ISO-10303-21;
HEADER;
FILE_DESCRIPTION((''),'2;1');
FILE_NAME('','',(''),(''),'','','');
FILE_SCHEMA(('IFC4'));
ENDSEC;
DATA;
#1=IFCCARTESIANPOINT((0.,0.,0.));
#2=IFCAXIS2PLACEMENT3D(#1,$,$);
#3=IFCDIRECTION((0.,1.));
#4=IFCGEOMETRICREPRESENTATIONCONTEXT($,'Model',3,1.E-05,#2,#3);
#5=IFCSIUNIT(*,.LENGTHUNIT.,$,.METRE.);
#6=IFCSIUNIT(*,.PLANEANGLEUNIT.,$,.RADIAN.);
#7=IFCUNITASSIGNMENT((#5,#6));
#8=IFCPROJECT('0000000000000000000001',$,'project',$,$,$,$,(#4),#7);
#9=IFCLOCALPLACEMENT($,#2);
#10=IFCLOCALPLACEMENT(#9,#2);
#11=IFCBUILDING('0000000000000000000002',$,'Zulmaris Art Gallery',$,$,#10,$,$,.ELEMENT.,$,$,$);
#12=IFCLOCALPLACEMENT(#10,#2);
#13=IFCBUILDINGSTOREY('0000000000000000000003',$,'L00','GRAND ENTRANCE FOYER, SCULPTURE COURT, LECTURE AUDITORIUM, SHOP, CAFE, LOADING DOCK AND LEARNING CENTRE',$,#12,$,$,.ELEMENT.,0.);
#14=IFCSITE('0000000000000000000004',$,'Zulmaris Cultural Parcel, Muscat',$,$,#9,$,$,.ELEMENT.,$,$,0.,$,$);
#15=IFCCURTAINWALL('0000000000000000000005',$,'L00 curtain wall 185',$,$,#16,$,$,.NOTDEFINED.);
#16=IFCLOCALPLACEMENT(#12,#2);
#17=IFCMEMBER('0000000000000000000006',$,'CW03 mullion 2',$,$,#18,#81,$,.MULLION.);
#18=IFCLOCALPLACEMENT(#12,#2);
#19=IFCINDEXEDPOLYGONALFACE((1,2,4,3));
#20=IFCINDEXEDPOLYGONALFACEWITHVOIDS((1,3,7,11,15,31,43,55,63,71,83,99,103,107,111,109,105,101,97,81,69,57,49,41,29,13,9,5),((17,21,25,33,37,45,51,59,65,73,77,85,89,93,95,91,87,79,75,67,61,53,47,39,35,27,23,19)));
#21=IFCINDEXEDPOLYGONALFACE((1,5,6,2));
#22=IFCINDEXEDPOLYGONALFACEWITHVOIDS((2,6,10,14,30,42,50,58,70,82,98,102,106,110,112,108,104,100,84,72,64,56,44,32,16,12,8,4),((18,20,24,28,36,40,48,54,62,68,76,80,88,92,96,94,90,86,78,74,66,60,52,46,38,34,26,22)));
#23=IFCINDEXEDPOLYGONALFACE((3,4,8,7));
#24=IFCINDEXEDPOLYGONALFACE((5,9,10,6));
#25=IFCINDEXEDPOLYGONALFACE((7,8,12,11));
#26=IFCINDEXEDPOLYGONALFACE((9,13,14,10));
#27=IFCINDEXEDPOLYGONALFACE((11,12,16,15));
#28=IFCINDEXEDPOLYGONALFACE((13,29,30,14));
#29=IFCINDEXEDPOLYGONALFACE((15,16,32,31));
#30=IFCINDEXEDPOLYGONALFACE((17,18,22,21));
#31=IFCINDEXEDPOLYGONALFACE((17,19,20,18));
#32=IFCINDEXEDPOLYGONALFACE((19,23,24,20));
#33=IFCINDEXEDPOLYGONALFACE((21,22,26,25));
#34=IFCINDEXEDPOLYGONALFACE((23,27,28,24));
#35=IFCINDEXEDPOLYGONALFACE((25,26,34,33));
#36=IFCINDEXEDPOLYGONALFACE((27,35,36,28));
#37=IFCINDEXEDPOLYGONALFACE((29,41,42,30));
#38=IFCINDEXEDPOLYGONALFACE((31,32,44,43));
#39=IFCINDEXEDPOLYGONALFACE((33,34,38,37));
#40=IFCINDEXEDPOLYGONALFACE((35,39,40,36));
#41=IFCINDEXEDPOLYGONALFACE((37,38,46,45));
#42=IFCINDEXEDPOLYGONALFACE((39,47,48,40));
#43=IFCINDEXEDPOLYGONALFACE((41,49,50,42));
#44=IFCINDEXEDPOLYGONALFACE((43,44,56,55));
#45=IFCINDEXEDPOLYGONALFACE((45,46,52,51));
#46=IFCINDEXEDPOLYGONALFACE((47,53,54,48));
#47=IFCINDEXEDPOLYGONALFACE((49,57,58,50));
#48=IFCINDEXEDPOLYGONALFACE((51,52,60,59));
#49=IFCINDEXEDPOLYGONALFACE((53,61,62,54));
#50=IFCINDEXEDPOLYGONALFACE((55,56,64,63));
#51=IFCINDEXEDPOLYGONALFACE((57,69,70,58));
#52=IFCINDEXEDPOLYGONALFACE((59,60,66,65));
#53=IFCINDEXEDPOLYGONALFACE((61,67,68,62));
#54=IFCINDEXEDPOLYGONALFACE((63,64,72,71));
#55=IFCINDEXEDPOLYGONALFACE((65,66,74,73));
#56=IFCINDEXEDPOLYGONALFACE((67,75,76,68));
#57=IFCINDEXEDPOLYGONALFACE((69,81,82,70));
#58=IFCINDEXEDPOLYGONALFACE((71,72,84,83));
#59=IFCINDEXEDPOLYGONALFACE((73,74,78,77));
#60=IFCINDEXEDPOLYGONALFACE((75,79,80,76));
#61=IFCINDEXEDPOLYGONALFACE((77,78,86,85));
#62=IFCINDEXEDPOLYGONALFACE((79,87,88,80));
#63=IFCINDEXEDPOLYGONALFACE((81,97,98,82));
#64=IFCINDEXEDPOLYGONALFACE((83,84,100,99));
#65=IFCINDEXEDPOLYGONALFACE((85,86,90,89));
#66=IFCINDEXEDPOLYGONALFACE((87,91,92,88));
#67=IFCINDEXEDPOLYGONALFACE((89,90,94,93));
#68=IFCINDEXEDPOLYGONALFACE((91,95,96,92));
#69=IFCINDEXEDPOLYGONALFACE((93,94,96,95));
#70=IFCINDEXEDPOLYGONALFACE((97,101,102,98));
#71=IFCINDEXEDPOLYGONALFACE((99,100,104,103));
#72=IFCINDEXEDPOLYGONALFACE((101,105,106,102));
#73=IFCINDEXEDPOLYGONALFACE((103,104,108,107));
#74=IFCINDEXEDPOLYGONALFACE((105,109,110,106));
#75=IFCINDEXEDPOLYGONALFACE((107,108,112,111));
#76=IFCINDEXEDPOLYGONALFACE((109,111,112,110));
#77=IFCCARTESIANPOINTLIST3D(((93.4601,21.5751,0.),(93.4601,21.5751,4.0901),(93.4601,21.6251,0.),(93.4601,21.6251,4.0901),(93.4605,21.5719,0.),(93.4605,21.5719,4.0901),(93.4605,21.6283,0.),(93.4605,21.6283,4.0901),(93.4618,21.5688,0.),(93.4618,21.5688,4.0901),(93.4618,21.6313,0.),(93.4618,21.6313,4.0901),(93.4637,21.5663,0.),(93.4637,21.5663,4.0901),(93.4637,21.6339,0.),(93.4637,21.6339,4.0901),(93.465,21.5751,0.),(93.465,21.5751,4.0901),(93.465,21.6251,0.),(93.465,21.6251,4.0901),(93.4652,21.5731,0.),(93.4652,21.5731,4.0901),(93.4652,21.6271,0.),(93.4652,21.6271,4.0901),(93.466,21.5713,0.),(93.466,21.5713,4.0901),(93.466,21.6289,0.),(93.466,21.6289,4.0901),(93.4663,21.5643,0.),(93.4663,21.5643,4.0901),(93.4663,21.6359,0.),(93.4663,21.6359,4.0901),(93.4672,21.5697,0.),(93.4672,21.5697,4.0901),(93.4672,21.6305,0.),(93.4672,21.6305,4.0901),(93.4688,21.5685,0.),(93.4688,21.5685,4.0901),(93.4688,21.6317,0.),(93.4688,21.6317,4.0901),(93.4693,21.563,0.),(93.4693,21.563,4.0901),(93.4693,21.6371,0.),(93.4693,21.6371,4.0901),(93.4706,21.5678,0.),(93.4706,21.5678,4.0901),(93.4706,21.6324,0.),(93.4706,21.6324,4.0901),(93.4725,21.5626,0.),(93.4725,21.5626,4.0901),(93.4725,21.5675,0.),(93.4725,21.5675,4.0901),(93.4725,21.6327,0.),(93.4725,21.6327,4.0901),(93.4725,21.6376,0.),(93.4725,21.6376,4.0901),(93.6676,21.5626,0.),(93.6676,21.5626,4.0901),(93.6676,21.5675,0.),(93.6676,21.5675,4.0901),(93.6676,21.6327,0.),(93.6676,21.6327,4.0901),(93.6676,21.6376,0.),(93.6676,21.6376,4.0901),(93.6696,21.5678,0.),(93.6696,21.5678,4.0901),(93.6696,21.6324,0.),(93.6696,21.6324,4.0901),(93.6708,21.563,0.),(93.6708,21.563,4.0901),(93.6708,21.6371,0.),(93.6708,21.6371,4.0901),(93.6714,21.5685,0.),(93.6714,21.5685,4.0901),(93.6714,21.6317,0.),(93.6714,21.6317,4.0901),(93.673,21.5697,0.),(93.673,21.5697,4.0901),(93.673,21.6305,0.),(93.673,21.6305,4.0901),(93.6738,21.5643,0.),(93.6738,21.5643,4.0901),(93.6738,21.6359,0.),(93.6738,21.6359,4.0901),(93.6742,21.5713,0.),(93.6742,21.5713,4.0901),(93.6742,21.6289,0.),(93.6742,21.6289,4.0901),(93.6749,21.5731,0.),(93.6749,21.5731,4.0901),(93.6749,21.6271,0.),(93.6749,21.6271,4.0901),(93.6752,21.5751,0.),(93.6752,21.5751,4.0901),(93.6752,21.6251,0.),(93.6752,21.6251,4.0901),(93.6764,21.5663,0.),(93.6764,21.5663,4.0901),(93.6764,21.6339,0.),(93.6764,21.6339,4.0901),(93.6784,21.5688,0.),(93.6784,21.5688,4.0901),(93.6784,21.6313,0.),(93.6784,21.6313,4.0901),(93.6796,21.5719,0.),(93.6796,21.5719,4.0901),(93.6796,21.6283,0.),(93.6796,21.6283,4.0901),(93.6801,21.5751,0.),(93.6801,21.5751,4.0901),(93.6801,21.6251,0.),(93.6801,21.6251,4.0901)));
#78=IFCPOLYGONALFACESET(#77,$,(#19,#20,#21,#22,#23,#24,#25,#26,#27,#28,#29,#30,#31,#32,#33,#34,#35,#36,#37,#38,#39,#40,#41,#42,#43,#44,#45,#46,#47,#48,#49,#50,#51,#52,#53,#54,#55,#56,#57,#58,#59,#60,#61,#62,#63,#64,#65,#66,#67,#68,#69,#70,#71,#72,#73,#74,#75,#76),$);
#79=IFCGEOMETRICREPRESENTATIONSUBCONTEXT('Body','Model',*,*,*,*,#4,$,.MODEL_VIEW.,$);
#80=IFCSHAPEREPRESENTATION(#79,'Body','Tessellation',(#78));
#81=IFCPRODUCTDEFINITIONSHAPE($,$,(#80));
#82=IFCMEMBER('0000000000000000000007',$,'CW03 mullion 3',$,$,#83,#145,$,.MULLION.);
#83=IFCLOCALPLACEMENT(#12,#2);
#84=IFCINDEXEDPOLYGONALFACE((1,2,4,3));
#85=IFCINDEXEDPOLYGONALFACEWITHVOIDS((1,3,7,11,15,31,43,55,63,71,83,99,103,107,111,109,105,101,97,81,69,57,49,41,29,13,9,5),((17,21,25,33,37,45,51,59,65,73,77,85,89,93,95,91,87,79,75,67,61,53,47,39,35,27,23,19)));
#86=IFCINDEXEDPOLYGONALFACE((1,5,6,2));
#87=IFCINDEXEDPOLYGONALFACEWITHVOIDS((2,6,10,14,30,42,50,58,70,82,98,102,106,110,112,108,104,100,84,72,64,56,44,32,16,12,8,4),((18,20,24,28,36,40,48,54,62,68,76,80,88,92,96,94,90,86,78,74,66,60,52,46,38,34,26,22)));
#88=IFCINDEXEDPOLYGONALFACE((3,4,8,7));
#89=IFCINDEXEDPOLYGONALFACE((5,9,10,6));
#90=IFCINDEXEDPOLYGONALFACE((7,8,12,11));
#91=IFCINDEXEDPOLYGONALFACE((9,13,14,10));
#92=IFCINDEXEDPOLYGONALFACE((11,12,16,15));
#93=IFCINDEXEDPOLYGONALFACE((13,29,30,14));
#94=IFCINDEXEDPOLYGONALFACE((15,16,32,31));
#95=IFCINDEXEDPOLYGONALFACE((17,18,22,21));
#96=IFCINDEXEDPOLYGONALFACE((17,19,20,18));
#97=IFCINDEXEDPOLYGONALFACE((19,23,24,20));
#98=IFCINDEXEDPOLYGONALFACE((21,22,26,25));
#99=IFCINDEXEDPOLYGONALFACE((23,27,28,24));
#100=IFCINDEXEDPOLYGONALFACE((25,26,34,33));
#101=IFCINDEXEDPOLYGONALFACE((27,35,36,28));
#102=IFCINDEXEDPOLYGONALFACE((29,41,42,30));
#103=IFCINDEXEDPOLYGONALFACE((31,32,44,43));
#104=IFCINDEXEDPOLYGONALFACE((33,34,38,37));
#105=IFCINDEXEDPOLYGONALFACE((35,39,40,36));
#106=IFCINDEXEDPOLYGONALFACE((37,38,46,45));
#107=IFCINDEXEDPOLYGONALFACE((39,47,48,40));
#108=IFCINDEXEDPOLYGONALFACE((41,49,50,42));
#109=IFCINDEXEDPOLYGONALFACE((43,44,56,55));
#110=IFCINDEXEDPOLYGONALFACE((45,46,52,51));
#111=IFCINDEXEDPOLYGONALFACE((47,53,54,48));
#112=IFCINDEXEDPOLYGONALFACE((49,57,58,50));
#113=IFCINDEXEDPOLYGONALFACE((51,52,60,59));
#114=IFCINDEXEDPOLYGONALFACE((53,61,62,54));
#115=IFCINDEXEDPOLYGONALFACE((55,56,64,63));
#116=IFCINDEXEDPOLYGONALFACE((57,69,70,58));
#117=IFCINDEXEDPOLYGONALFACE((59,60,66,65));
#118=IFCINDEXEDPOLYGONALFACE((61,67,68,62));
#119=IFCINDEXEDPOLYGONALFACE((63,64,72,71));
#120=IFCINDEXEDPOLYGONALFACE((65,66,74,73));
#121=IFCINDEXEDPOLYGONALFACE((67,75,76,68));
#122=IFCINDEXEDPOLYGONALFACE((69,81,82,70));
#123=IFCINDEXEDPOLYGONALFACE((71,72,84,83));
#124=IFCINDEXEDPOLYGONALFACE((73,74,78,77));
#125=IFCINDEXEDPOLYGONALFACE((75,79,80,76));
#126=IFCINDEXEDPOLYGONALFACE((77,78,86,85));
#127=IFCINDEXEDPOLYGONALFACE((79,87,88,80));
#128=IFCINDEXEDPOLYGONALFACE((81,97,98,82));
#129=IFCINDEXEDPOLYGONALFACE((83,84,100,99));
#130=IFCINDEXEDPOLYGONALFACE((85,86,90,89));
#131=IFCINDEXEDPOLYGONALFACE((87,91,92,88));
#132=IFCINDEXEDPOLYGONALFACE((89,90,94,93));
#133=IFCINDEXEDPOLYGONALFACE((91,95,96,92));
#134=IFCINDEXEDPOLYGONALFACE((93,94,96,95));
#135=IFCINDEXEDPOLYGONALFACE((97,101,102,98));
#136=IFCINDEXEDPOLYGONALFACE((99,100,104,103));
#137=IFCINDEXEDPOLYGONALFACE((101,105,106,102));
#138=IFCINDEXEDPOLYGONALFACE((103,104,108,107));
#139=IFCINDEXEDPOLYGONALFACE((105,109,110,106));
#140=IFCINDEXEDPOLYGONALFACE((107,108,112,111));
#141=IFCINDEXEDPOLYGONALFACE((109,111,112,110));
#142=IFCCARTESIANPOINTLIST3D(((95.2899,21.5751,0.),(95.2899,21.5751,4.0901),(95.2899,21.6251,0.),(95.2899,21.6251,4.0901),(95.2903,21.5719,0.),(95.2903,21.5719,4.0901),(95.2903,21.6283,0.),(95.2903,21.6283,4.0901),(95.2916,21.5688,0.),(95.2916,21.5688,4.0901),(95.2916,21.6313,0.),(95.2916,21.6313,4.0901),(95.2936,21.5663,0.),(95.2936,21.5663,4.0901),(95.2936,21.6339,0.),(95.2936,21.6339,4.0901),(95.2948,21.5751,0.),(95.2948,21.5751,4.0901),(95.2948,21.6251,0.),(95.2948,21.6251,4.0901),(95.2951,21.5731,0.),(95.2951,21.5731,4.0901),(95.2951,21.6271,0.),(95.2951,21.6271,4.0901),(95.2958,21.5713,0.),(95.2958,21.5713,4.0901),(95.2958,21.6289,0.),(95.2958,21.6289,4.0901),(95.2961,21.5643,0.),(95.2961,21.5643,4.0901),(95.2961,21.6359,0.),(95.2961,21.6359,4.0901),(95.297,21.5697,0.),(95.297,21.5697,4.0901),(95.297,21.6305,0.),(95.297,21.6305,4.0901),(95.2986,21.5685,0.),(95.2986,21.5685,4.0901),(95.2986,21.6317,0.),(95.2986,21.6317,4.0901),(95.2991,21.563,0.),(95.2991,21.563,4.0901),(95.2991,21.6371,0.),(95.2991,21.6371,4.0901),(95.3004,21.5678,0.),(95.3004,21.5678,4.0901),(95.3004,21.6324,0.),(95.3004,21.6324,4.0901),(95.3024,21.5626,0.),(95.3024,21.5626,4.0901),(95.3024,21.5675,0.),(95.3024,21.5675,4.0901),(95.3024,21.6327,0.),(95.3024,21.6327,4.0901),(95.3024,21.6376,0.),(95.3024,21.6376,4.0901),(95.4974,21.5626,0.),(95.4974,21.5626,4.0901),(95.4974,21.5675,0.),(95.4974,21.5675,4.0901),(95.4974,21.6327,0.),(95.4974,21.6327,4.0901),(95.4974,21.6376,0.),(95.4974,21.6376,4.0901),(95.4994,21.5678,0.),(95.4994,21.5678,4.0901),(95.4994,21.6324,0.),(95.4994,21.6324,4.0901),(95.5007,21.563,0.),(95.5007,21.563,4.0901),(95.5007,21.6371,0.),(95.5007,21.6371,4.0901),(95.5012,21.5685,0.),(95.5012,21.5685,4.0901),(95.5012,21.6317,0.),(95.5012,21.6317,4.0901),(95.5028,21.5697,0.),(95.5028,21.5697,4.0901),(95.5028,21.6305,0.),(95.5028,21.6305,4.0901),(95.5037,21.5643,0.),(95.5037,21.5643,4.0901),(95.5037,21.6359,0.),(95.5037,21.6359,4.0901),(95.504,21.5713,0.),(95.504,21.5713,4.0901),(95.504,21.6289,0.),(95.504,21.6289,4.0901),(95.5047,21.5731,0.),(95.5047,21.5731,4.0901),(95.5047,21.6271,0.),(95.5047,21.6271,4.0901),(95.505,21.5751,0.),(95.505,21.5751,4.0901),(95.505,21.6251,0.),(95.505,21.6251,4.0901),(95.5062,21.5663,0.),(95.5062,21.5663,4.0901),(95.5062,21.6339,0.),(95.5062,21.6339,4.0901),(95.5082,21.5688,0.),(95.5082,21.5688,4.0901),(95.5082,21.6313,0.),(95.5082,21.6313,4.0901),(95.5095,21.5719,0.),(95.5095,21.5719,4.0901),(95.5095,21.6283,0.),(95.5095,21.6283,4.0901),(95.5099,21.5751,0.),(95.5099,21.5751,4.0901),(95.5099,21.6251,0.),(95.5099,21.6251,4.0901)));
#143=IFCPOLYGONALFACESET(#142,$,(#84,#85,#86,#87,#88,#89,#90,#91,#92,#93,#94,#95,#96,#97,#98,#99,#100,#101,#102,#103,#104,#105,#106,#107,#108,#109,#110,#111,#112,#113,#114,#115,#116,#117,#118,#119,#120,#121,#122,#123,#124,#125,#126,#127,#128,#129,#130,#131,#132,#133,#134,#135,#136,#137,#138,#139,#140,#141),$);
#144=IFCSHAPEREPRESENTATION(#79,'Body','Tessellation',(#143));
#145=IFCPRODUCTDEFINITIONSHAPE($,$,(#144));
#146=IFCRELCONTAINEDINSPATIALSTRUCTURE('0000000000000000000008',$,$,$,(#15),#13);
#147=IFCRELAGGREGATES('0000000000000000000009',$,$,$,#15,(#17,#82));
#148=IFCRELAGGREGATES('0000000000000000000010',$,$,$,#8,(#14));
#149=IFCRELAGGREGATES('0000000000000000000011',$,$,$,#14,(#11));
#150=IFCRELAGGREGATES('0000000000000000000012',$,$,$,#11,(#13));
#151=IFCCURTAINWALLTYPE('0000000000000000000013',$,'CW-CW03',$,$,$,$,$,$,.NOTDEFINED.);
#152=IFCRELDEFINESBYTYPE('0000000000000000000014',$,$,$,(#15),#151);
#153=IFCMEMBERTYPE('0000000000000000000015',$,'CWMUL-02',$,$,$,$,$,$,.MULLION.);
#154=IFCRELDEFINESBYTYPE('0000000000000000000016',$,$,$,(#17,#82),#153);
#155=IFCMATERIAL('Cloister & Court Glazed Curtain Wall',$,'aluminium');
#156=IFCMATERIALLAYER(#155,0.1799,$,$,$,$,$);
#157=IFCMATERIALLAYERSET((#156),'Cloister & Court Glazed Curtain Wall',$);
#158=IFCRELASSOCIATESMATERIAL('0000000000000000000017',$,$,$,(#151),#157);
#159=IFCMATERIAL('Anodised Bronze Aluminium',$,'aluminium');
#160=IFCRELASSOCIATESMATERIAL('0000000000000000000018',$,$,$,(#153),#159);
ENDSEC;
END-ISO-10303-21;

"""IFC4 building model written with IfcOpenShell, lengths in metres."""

from ifc_helpers import new_model, si_unit, direction, frame, origin, origin_2d, place, context, subcontext, project, spatial, hollow_rectangle, extrude, material, layer, layer_set, material_profile, profile_set, type_object, element, aggregate, save


model = new_model("IFC4")

# Units and contexts
model_context = context("Model", 3, precision=1e-05, world=origin(), true_north=direction((0.0, 1.0)))
body_context = subcontext(model_context, "Body", "Model", "MODEL_VIEW")
ifc_project = project(units=[si_unit("LENGTHUNIT", "METRE"), si_unit("PLANEANGLEUNIT", "RADIAN")], contexts=[model_context])

# Site, building, storey
site_placement = place(None, origin())
site = spatial("IfcSite", under=ifc_project, at=site_placement, Name="Zulmaris Cultural Parcel, Muscat", CompositionType="ELEMENT", RefElevation=0.0)
building_placement = place(site_placement, origin())
building = spatial("IfcBuilding", under=site, at=building_placement, Name="Zulmaris Art Gallery", CompositionType="ELEMENT")
storey_placement = place(building_placement, origin())
storey = spatial("IfcBuildingStorey", under=building, at=storey_placement, Name="L00", Description="GRAND ENTRANCE FOYER, SCULPTURE COURT, LECTURE AUDITORIUM, SHOP, CAFE, LOADING DOCK AND LEARNING CENTRE", CompositionType="ELEMENT", Elevation=0.0)

# Shared definitions
ifc_material_1 = material(Name="Cloister & Court Glazed Curtain Wall", Category="aluminium")
ifc_layer_1 = layer(ifc_material_1, 0.1799)
ifc_layer_set_1 = layer_set([ifc_layer_1], Name="Cloister & Court Glazed Curtain Wall")
curtain_wall_type = type_object("IfcCurtainWallType", Name="CW-CW03", PredefinedType="NOTDEFINED", material=ifc_layer_set_1)
ifc_material_2 = material(Name="Anodised Bronze Aluminium", Category="aluminium")
ifc_material_profile_1 = material_profile(ifc_material_2, hollow_rectangle(XDim=0.075, YDim=0.22, WallThickness=0.0049, InnerFilletRadius=0.0076, OuterFilletRadius=0.0125, at=origin_2d()), Name="ALU 75x220x5")
ifc_profile_set_1 = profile_set([ifc_material_profile_1], Name="Anodised Bronze Aluminium")
member_type_1 = type_object("IfcMemberType", Name="CWMUL-02", PredefinedType="MULLION", material=ifc_profile_set_1)

# Curtain wall, members
curtain_wall_1_placement = place(storey_placement, origin())
curtain_wall_1 = element("IfcCurtainWall", 1, at=curtain_wall_1_placement, inside=storey, type_object=curtain_wall_type, Name="L00 curtain wall 185", PredefinedType="NOTDEFINED")
member_1_placement = place(storey_placement, frame((93.5701, 21.6001, 0.0), z_axis=(0.0, 0.0, 1.0), x_axis=(0.0, 1.0, 0.0)))
member_1 = element("IfcMember", 2, at=member_1_placement, type_object=member_type_1, Name="CW03 mullion 2", PredefinedType="MULLION", context=body_context, shape_type="SweptSolid", body=[
    extrude(hollow_rectangle(XDim=0.075, YDim=0.22, WallThickness=0.0049, InnerFilletRadius=0.0076, OuterFilletRadius=0.0125, at=origin_2d()), origin(), (0.0, 0.0, 1.0), 4.0901),
])
member_2_placement = place(storey_placement, frame((95.3999, 21.6001, 0.0), z_axis=(0.0, 0.0, 1.0), x_axis=(0.0, 1.0, 0.0)))
member_2 = element("IfcMember", 3, at=member_2_placement, type_object=member_type_1, Name="CW03 mullion 3", PredefinedType="MULLION", context=body_context, shape_type="SweptSolid", body=[
    extrude(hollow_rectangle(XDim=0.075, YDim=0.22, WallThickness=0.0049, InnerFilletRadius=0.0076, OuterFilletRadius=0.0125, at=origin_2d()), origin(), (0.0, 0.0, 1.0), 4.0901),
])

aggregate(curtain_wall_1, [member_1, member_2])

save(model, "model.ifc")
